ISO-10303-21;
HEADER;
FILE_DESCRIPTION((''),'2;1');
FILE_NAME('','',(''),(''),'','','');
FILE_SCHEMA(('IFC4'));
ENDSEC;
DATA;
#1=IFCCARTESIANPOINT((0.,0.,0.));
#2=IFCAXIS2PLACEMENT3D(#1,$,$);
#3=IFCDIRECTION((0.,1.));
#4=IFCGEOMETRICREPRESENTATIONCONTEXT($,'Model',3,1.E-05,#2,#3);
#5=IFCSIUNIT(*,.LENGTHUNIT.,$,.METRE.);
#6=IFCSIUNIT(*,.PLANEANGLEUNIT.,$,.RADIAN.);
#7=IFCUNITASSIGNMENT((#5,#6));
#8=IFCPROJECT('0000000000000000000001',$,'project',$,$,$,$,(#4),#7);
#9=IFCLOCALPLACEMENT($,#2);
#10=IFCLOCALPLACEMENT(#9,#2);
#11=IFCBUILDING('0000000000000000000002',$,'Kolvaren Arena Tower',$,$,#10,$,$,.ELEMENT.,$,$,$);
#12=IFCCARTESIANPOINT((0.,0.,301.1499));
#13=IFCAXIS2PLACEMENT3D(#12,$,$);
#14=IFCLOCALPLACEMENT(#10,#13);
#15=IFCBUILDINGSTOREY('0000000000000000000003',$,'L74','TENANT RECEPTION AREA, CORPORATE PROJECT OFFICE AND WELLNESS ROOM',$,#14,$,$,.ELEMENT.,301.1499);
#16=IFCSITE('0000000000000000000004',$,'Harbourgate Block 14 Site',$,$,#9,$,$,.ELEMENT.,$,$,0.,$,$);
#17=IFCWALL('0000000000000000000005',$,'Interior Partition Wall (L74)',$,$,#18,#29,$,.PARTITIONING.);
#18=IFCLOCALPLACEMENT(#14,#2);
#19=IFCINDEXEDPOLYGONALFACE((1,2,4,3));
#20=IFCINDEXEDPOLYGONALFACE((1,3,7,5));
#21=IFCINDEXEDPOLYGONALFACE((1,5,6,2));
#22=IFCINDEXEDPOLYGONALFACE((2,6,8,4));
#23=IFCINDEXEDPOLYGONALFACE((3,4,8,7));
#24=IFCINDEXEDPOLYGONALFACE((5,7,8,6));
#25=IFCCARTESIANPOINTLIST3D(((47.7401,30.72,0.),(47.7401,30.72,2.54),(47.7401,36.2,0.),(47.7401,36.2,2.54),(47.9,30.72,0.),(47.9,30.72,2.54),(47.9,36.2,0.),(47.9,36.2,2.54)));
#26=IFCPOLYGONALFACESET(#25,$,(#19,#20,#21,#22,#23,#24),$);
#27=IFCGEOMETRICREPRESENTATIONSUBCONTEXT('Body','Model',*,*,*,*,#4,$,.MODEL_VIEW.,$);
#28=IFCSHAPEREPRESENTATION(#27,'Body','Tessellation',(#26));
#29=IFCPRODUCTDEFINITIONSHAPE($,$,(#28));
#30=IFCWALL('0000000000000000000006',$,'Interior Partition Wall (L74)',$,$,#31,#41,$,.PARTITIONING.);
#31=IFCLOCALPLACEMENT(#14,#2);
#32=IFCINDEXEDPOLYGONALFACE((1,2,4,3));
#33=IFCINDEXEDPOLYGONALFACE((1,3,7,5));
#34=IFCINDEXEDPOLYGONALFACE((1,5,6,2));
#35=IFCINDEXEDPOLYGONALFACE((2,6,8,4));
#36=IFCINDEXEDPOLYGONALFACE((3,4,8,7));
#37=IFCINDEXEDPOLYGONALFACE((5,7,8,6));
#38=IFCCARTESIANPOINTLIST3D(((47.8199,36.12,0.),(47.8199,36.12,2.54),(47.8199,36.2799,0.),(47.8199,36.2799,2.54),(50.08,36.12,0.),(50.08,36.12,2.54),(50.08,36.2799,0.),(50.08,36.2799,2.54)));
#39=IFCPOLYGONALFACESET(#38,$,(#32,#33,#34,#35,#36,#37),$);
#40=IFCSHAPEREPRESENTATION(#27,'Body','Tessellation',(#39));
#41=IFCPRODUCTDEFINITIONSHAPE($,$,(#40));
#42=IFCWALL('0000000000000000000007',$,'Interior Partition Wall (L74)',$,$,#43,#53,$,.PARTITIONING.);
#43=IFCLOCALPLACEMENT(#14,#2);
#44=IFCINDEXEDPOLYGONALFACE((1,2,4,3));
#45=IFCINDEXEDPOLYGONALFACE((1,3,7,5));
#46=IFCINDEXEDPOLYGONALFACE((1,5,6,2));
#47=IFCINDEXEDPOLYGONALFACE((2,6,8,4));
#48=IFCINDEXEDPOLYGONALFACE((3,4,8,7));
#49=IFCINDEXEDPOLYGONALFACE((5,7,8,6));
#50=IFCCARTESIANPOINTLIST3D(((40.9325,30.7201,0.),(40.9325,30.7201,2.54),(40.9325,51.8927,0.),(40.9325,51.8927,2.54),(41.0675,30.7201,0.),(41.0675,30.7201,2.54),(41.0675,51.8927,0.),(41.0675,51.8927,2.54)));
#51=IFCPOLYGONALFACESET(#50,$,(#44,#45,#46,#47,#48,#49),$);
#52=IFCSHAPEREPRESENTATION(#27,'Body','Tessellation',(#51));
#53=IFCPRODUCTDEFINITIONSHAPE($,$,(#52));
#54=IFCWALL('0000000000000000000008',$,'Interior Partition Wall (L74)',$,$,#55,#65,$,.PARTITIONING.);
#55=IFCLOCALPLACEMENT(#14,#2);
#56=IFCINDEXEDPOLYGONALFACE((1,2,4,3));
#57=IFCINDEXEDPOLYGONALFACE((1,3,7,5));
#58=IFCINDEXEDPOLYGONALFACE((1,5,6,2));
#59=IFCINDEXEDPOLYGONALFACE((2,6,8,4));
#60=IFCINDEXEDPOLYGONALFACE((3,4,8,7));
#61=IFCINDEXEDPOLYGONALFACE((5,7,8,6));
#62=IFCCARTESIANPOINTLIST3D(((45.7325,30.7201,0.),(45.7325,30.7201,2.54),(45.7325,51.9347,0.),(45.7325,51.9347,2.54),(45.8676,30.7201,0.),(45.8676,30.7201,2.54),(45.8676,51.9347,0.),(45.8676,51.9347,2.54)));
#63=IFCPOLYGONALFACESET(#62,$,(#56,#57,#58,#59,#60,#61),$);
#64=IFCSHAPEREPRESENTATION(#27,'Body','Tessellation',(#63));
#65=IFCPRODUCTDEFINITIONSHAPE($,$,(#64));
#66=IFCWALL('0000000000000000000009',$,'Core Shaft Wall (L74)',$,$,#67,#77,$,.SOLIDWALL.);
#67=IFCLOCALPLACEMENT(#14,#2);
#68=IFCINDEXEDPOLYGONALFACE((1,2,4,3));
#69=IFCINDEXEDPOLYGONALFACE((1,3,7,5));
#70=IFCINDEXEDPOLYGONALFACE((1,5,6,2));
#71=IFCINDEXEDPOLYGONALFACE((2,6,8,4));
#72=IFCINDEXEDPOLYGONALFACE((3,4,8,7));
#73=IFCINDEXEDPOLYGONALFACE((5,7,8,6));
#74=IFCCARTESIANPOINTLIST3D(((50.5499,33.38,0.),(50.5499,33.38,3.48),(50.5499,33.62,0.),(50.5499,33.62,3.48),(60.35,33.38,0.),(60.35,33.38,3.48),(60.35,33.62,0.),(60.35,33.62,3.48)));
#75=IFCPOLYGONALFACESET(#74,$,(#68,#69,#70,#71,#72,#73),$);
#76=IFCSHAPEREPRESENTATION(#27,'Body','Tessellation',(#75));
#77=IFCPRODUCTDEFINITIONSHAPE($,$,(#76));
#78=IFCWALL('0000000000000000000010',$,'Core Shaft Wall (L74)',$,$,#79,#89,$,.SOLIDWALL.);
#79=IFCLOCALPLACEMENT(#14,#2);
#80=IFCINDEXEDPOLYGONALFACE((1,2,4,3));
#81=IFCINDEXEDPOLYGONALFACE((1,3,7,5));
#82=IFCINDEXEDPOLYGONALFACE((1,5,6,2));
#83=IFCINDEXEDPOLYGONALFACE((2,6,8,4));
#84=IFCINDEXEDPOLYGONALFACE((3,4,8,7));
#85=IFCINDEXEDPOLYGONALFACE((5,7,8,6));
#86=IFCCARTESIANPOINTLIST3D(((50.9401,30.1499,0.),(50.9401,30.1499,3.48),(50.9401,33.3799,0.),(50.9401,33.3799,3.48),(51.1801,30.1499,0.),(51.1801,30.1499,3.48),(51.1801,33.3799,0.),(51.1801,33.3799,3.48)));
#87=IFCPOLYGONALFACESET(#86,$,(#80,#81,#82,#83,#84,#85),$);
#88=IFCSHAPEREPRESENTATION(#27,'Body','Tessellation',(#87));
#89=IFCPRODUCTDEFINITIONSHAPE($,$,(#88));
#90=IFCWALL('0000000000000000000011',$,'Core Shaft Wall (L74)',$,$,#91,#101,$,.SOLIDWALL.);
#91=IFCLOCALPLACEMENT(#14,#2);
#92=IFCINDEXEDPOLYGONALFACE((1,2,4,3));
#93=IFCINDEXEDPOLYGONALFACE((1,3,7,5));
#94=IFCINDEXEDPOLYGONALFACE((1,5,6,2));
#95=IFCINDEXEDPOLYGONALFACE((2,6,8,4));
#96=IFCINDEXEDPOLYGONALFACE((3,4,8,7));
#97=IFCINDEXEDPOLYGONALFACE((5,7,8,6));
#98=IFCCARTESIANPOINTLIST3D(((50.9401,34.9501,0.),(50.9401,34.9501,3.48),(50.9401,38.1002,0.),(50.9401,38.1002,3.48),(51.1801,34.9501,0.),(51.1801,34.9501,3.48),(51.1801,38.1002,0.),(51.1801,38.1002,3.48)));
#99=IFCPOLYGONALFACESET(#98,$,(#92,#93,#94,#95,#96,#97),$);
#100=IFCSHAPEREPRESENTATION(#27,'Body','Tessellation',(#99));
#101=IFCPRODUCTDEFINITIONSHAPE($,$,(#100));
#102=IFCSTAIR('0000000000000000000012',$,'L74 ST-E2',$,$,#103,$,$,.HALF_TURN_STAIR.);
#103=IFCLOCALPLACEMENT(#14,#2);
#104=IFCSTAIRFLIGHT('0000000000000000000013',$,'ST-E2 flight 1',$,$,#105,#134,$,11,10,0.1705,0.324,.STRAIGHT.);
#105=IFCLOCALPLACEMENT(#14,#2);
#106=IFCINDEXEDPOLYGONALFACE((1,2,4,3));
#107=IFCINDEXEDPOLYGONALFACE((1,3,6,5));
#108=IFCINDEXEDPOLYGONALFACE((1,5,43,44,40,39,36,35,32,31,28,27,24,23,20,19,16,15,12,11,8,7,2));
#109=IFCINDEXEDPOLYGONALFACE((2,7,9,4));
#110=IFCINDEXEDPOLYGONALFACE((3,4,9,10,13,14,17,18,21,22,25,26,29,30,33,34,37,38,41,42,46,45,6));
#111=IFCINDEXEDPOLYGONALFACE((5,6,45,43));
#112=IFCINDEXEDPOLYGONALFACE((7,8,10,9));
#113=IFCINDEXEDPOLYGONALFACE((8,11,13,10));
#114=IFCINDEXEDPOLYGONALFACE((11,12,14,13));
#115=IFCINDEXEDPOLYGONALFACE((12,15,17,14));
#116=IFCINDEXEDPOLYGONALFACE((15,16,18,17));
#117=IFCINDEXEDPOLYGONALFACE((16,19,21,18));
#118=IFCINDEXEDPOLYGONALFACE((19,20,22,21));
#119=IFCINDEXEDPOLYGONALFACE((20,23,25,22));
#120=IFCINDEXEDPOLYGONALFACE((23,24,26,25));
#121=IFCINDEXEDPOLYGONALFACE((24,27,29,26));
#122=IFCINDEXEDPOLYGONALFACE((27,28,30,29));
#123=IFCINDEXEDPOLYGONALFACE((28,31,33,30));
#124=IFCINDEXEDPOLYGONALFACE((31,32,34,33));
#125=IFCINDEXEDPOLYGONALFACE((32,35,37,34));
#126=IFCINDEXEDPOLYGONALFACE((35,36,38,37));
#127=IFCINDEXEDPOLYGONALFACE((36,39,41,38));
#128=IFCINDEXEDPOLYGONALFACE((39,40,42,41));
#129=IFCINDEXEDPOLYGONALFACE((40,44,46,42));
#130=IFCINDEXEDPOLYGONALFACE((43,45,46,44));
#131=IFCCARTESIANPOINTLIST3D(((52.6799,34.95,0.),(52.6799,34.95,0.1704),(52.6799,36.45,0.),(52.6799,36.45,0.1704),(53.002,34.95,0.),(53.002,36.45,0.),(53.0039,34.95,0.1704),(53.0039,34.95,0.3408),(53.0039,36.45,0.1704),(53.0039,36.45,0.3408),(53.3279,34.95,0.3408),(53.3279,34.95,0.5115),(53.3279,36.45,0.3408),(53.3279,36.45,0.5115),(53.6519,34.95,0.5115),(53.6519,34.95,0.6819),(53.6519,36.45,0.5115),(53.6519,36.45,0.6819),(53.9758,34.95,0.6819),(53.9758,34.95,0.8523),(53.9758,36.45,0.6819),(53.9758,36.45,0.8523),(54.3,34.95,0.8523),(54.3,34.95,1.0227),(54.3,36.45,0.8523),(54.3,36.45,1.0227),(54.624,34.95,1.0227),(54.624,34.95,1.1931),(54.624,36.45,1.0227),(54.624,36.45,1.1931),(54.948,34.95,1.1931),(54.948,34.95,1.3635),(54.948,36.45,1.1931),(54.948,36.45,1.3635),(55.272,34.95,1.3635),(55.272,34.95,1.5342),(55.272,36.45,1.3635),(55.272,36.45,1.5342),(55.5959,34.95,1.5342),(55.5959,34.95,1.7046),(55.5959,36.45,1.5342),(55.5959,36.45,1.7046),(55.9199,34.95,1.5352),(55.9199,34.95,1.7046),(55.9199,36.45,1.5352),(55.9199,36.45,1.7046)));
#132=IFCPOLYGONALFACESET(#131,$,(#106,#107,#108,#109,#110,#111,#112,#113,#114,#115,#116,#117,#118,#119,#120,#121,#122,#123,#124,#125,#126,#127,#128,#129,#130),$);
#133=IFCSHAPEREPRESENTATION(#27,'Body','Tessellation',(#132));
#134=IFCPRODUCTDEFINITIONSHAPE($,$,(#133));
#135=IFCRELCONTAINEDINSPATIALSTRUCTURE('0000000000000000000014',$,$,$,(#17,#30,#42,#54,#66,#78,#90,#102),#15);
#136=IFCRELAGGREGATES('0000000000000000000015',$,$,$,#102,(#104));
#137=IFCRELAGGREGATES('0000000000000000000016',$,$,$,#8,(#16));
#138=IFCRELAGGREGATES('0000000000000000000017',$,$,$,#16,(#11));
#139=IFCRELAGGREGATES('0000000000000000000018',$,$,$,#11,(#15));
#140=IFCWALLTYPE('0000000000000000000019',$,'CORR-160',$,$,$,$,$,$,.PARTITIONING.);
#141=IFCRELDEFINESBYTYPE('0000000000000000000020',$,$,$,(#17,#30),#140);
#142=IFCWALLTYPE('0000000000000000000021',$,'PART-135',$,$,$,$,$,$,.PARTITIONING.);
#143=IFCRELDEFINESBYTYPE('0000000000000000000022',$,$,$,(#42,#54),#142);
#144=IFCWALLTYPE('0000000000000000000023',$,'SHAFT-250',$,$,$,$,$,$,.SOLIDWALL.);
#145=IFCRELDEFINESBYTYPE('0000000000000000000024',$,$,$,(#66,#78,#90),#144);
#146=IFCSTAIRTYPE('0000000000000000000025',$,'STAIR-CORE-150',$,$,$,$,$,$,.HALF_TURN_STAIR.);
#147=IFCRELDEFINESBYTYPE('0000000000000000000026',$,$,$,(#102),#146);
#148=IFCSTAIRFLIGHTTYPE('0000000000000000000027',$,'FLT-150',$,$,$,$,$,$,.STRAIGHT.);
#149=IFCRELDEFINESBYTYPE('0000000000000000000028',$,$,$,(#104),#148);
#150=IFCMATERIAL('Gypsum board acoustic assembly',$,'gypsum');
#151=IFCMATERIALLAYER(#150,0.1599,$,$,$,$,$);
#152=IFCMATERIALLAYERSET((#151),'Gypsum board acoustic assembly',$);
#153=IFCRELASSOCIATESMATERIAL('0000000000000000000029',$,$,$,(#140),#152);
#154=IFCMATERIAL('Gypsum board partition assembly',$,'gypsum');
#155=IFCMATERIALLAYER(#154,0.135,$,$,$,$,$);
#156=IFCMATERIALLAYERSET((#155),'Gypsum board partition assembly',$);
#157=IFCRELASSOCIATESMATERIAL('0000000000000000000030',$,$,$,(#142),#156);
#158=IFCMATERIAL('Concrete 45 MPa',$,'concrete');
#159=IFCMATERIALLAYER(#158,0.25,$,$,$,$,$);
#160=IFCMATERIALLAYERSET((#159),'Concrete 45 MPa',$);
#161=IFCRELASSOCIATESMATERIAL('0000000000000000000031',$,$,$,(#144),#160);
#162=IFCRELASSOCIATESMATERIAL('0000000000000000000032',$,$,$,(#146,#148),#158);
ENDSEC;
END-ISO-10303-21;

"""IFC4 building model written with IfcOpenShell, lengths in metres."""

from ifc_helpers import new_model, si_unit, direction, frame, frame_2d, origin, place, context, subcontext, project, spatial, polyline, rectangle, outline, extrude, material, layer, layer_set, type_object, element, aggregate, save


model = new_model("IFC4")

# Units and contexts
model_context = context("Model", 3, precision=1e-05, world=origin(), true_north=direction((0.0, 1.0)))
body_context = subcontext(model_context, "Body", "Model", "MODEL_VIEW")
ifc_project = project(units=[si_unit("LENGTHUNIT", "METRE"), si_unit("PLANEANGLEUNIT", "RADIAN")], contexts=[model_context])

# Site, building, storey
site_placement = place(None, origin())
site = spatial("IfcSite", under=ifc_project, at=site_placement, Name="Harbourgate Block 14 Site", CompositionType="ELEMENT", RefElevation=0.0)
building_placement = place(site_placement, origin())
building = spatial("IfcBuilding", under=site, at=building_placement, Name="Kolvaren Arena Tower", CompositionType="ELEMENT")
storey_placement = place(building_placement, frame((0.0, 0.0, 301.1499)))
storey = spatial("IfcBuildingStorey", under=building, at=storey_placement, Name="L74", Description="TENANT RECEPTION AREA, CORPORATE PROJECT OFFICE AND WELLNESS ROOM", CompositionType="ELEMENT", Elevation=301.1499)

# Shared definitions
ifc_material_1 = material(Name="Gypsum board acoustic assembly", Category="gypsum")
ifc_layer_1 = layer(ifc_material_1, 0.1599)
ifc_layer_set_1 = layer_set([ifc_layer_1], Name="Gypsum board acoustic assembly")
wall_type_1 = type_object("IfcWallType", Name="CORR-160", PredefinedType="PARTITIONING", material=ifc_layer_set_1)

# Walls
wall_1_placement = place(storey_placement, frame((47.8201, 30.72, 0.0), z_axis=(0.0, 0.0, 1.0), x_axis=(0.0, 1.0, 0.0)))
element("IfcWall", 1, at=wall_1_placement, inside=storey, type_object=wall_type_1, Name="Interior Partition Wall (L74)", PredefinedType="PARTITIONING", context=body_context, shape_type="SweptSolid", body=[
    extrude(rectangle(XDim=5.48, YDim=0.1599, at=frame_2d((2.74, 0.0))), origin(), (0.0, 0.0, 1.0), 2.54),
])
wall_2_placement = place(storey_placement, frame((47.8201, 36.2, 0.0), z_axis=(0.0, 0.0, 1.0), x_axis=(1.0, 0.0, 0.0)))
element("IfcWall", 2, at=wall_2_placement, inside=storey, type_object=wall_type_1, Name="Interior Partition Wall (L74)", PredefinedType="PARTITIONING", context=body_context, shape_type="SweptSolid", body=[
    extrude(rectangle(XDim=2.26, YDim=0.1599, at=frame_2d((1.1299, 0.0))), origin(), (0.0, 0.0, 1.0), 2.54),
])
ifc_material_2 = material(Name="Gypsum board partition assembly", Category="gypsum")
ifc_layer_2 = layer(ifc_material_2, 0.135)
ifc_layer_set_2 = layer_set([ifc_layer_2], Name="Gypsum board partition assembly")
wall_type_2 = type_object("IfcWallType", Name="PART-135", PredefinedType="PARTITIONING", material=ifc_layer_set_2)
wall_3_placement = place(storey_placement, frame((41.0, 30.72, 0.0), z_axis=(0.0, 0.0, 1.0), x_axis=(0.0, 1.0, 0.0)))
element("IfcWall", 3, at=wall_3_placement, inside=storey, type_object=wall_type_2, Name="Interior Partition Wall (L74)", PredefinedType="PARTITIONING", context=body_context, shape_type="SweptSolid", body=[
    extrude(rectangle(XDim=21.1726, YDim=0.135, at=frame_2d((10.5864, 0.0))), origin(), (0.0, 0.0, 1.0), 2.54),
])
wall_4_placement = place(storey_placement, frame((45.8, 30.72, 0.0), z_axis=(0.0, 0.0, 1.0), x_axis=(0.0, 1.0, 0.0)))
element("IfcWall", 4, at=wall_4_placement, inside=storey, type_object=wall_type_2, Name="Interior Partition Wall (L74)", PredefinedType="PARTITIONING", context=body_context, shape_type="SweptSolid", body=[
    extrude(rectangle(XDim=21.2146, YDim=0.135, at=frame_2d((10.6074, 0.0))), origin(), (0.0, 0.0, 1.0), 2.54),
])
ifc_material_3 = material(Name="Concrete 45 MPa", Category="concrete")
ifc_layer_3 = layer(ifc_material_3, 0.25)
ifc_layer_set_3 = layer_set([ifc_layer_3], Name="Concrete 45 MPa")
wall_type_3 = type_object("IfcWallType", Name="SHAFT-250", PredefinedType="SOLIDWALL", material=ifc_layer_set_3)
wall_5_placement = place(storey_placement, frame((50.55, 33.5, 0.0), z_axis=(0.0, 0.0, 1.0), x_axis=(1.0, 0.0, 0.0)))
element("IfcWall", 5, at=wall_5_placement, inside=storey, type_object=wall_type_3, Name="Core Shaft Wall (L74)", PredefinedType="SOLIDWALL", context=body_context, shape_type="SweptSolid", body=[
    extrude(rectangle(XDim=9.8, YDim=0.24, at=frame_2d((4.8999, 0.0))), origin(), (0.0, 0.0, 1.0), 3.48),
])
wall_6_placement = place(storey_placement, frame((51.0601, 30.1499, 0.0), z_axis=(0.0, 0.0, 1.0), x_axis=(0.0, 1.0, 0.0)))
element("IfcWall", 6, at=wall_6_placement, inside=storey, type_object=wall_type_3, Name="Core Shaft Wall (L74)", PredefinedType="SOLIDWALL", context=body_context, shape_type="SweptSolid", body=[
    extrude(rectangle(XDim=3.23, YDim=0.24, at=frame_2d((1.615, 0.0))), origin(), (0.0, 0.0, 1.0), 3.48),
])
wall_7_placement = place(storey_placement, frame((51.0601, 34.95, 0.0), z_axis=(0.0, 0.0, 1.0), x_axis=(0.0, 1.0, 0.0)))
element("IfcWall", 7, at=wall_7_placement, inside=storey, type_object=wall_type_3, Name="Core Shaft Wall (L74)", PredefinedType="SOLIDWALL", context=body_context, shape_type="SweptSolid", body=[
    extrude(rectangle(XDim=3.1501, YDim=0.24, at=frame_2d((1.5752, 0.0))), origin(), (0.0, 0.0, 1.0), 3.48),
])

# Stair, stair flight
stair_type = type_object("IfcStairType", Name="STAIR-CORE-150", PredefinedType="HALF_TURN_STAIR", material=ifc_material_3)
stair_placement = place(storey_placement, origin())
stair = element("IfcStair", 8, at=stair_placement, inside=storey, type_object=stair_type, Name="L74 ST-E2", PredefinedType="HALF_TURN_STAIR")
stair_flight_type = type_object("IfcStairFlightType", Name="FLT-150", PredefinedType="STRAIGHT", material=ifc_material_3)
stair_flight_placement = place(storey_placement, frame((52.6799, 35.7, 0.0), z_axis=(0.0, 0.0, 1.0), x_axis=(1.0, 0.0, 0.0)))
stair_flight = element("IfcStairFlight", 9, at=stair_flight_placement, type_object=stair_flight_type, Name="ST-E2 flight 1", NumberOfRisers=11, NumberOfTreads=10, PredefinedType="STRAIGHT", RiserHeight=0.1705, TreadLength=0.324, context=body_context, shape_type="SweptSolid", body=[
    extrude(outline(polyline([(0.0, 0.0), (0.0, 0.1704), (0.324, 0.1704), (0.324, 0.3408), (0.6479, 0.3408), (0.6479, 0.5115), (0.9719, 0.5115), (0.9719, 0.6819), (1.2959, 0.6819), (1.2959, 0.8523), (1.6201, 0.8523), (1.6201, 1.0227), (1.9441, 1.0227), (1.9441, 1.1931), (2.2681, 1.1931), (2.2681, 1.3635), (2.592, 1.3635), (2.592, 1.5342), (2.916, 1.5342), (2.916, 1.7046), (3.24, 1.7046), (3.24, 1.875), (3.24, 1.5352), (0.322, 0.0), (0.0, 0.0)])), frame((0.0, 0.75, 0.0), z_axis=(0.0, -1.0, 0.0), x_axis=(1.0, 0.0, 0.0)), (0.0, 0.0, 1.0), 1.5),
])
aggregate(stair, [stair_flight])

save(model, "model.ifc")
